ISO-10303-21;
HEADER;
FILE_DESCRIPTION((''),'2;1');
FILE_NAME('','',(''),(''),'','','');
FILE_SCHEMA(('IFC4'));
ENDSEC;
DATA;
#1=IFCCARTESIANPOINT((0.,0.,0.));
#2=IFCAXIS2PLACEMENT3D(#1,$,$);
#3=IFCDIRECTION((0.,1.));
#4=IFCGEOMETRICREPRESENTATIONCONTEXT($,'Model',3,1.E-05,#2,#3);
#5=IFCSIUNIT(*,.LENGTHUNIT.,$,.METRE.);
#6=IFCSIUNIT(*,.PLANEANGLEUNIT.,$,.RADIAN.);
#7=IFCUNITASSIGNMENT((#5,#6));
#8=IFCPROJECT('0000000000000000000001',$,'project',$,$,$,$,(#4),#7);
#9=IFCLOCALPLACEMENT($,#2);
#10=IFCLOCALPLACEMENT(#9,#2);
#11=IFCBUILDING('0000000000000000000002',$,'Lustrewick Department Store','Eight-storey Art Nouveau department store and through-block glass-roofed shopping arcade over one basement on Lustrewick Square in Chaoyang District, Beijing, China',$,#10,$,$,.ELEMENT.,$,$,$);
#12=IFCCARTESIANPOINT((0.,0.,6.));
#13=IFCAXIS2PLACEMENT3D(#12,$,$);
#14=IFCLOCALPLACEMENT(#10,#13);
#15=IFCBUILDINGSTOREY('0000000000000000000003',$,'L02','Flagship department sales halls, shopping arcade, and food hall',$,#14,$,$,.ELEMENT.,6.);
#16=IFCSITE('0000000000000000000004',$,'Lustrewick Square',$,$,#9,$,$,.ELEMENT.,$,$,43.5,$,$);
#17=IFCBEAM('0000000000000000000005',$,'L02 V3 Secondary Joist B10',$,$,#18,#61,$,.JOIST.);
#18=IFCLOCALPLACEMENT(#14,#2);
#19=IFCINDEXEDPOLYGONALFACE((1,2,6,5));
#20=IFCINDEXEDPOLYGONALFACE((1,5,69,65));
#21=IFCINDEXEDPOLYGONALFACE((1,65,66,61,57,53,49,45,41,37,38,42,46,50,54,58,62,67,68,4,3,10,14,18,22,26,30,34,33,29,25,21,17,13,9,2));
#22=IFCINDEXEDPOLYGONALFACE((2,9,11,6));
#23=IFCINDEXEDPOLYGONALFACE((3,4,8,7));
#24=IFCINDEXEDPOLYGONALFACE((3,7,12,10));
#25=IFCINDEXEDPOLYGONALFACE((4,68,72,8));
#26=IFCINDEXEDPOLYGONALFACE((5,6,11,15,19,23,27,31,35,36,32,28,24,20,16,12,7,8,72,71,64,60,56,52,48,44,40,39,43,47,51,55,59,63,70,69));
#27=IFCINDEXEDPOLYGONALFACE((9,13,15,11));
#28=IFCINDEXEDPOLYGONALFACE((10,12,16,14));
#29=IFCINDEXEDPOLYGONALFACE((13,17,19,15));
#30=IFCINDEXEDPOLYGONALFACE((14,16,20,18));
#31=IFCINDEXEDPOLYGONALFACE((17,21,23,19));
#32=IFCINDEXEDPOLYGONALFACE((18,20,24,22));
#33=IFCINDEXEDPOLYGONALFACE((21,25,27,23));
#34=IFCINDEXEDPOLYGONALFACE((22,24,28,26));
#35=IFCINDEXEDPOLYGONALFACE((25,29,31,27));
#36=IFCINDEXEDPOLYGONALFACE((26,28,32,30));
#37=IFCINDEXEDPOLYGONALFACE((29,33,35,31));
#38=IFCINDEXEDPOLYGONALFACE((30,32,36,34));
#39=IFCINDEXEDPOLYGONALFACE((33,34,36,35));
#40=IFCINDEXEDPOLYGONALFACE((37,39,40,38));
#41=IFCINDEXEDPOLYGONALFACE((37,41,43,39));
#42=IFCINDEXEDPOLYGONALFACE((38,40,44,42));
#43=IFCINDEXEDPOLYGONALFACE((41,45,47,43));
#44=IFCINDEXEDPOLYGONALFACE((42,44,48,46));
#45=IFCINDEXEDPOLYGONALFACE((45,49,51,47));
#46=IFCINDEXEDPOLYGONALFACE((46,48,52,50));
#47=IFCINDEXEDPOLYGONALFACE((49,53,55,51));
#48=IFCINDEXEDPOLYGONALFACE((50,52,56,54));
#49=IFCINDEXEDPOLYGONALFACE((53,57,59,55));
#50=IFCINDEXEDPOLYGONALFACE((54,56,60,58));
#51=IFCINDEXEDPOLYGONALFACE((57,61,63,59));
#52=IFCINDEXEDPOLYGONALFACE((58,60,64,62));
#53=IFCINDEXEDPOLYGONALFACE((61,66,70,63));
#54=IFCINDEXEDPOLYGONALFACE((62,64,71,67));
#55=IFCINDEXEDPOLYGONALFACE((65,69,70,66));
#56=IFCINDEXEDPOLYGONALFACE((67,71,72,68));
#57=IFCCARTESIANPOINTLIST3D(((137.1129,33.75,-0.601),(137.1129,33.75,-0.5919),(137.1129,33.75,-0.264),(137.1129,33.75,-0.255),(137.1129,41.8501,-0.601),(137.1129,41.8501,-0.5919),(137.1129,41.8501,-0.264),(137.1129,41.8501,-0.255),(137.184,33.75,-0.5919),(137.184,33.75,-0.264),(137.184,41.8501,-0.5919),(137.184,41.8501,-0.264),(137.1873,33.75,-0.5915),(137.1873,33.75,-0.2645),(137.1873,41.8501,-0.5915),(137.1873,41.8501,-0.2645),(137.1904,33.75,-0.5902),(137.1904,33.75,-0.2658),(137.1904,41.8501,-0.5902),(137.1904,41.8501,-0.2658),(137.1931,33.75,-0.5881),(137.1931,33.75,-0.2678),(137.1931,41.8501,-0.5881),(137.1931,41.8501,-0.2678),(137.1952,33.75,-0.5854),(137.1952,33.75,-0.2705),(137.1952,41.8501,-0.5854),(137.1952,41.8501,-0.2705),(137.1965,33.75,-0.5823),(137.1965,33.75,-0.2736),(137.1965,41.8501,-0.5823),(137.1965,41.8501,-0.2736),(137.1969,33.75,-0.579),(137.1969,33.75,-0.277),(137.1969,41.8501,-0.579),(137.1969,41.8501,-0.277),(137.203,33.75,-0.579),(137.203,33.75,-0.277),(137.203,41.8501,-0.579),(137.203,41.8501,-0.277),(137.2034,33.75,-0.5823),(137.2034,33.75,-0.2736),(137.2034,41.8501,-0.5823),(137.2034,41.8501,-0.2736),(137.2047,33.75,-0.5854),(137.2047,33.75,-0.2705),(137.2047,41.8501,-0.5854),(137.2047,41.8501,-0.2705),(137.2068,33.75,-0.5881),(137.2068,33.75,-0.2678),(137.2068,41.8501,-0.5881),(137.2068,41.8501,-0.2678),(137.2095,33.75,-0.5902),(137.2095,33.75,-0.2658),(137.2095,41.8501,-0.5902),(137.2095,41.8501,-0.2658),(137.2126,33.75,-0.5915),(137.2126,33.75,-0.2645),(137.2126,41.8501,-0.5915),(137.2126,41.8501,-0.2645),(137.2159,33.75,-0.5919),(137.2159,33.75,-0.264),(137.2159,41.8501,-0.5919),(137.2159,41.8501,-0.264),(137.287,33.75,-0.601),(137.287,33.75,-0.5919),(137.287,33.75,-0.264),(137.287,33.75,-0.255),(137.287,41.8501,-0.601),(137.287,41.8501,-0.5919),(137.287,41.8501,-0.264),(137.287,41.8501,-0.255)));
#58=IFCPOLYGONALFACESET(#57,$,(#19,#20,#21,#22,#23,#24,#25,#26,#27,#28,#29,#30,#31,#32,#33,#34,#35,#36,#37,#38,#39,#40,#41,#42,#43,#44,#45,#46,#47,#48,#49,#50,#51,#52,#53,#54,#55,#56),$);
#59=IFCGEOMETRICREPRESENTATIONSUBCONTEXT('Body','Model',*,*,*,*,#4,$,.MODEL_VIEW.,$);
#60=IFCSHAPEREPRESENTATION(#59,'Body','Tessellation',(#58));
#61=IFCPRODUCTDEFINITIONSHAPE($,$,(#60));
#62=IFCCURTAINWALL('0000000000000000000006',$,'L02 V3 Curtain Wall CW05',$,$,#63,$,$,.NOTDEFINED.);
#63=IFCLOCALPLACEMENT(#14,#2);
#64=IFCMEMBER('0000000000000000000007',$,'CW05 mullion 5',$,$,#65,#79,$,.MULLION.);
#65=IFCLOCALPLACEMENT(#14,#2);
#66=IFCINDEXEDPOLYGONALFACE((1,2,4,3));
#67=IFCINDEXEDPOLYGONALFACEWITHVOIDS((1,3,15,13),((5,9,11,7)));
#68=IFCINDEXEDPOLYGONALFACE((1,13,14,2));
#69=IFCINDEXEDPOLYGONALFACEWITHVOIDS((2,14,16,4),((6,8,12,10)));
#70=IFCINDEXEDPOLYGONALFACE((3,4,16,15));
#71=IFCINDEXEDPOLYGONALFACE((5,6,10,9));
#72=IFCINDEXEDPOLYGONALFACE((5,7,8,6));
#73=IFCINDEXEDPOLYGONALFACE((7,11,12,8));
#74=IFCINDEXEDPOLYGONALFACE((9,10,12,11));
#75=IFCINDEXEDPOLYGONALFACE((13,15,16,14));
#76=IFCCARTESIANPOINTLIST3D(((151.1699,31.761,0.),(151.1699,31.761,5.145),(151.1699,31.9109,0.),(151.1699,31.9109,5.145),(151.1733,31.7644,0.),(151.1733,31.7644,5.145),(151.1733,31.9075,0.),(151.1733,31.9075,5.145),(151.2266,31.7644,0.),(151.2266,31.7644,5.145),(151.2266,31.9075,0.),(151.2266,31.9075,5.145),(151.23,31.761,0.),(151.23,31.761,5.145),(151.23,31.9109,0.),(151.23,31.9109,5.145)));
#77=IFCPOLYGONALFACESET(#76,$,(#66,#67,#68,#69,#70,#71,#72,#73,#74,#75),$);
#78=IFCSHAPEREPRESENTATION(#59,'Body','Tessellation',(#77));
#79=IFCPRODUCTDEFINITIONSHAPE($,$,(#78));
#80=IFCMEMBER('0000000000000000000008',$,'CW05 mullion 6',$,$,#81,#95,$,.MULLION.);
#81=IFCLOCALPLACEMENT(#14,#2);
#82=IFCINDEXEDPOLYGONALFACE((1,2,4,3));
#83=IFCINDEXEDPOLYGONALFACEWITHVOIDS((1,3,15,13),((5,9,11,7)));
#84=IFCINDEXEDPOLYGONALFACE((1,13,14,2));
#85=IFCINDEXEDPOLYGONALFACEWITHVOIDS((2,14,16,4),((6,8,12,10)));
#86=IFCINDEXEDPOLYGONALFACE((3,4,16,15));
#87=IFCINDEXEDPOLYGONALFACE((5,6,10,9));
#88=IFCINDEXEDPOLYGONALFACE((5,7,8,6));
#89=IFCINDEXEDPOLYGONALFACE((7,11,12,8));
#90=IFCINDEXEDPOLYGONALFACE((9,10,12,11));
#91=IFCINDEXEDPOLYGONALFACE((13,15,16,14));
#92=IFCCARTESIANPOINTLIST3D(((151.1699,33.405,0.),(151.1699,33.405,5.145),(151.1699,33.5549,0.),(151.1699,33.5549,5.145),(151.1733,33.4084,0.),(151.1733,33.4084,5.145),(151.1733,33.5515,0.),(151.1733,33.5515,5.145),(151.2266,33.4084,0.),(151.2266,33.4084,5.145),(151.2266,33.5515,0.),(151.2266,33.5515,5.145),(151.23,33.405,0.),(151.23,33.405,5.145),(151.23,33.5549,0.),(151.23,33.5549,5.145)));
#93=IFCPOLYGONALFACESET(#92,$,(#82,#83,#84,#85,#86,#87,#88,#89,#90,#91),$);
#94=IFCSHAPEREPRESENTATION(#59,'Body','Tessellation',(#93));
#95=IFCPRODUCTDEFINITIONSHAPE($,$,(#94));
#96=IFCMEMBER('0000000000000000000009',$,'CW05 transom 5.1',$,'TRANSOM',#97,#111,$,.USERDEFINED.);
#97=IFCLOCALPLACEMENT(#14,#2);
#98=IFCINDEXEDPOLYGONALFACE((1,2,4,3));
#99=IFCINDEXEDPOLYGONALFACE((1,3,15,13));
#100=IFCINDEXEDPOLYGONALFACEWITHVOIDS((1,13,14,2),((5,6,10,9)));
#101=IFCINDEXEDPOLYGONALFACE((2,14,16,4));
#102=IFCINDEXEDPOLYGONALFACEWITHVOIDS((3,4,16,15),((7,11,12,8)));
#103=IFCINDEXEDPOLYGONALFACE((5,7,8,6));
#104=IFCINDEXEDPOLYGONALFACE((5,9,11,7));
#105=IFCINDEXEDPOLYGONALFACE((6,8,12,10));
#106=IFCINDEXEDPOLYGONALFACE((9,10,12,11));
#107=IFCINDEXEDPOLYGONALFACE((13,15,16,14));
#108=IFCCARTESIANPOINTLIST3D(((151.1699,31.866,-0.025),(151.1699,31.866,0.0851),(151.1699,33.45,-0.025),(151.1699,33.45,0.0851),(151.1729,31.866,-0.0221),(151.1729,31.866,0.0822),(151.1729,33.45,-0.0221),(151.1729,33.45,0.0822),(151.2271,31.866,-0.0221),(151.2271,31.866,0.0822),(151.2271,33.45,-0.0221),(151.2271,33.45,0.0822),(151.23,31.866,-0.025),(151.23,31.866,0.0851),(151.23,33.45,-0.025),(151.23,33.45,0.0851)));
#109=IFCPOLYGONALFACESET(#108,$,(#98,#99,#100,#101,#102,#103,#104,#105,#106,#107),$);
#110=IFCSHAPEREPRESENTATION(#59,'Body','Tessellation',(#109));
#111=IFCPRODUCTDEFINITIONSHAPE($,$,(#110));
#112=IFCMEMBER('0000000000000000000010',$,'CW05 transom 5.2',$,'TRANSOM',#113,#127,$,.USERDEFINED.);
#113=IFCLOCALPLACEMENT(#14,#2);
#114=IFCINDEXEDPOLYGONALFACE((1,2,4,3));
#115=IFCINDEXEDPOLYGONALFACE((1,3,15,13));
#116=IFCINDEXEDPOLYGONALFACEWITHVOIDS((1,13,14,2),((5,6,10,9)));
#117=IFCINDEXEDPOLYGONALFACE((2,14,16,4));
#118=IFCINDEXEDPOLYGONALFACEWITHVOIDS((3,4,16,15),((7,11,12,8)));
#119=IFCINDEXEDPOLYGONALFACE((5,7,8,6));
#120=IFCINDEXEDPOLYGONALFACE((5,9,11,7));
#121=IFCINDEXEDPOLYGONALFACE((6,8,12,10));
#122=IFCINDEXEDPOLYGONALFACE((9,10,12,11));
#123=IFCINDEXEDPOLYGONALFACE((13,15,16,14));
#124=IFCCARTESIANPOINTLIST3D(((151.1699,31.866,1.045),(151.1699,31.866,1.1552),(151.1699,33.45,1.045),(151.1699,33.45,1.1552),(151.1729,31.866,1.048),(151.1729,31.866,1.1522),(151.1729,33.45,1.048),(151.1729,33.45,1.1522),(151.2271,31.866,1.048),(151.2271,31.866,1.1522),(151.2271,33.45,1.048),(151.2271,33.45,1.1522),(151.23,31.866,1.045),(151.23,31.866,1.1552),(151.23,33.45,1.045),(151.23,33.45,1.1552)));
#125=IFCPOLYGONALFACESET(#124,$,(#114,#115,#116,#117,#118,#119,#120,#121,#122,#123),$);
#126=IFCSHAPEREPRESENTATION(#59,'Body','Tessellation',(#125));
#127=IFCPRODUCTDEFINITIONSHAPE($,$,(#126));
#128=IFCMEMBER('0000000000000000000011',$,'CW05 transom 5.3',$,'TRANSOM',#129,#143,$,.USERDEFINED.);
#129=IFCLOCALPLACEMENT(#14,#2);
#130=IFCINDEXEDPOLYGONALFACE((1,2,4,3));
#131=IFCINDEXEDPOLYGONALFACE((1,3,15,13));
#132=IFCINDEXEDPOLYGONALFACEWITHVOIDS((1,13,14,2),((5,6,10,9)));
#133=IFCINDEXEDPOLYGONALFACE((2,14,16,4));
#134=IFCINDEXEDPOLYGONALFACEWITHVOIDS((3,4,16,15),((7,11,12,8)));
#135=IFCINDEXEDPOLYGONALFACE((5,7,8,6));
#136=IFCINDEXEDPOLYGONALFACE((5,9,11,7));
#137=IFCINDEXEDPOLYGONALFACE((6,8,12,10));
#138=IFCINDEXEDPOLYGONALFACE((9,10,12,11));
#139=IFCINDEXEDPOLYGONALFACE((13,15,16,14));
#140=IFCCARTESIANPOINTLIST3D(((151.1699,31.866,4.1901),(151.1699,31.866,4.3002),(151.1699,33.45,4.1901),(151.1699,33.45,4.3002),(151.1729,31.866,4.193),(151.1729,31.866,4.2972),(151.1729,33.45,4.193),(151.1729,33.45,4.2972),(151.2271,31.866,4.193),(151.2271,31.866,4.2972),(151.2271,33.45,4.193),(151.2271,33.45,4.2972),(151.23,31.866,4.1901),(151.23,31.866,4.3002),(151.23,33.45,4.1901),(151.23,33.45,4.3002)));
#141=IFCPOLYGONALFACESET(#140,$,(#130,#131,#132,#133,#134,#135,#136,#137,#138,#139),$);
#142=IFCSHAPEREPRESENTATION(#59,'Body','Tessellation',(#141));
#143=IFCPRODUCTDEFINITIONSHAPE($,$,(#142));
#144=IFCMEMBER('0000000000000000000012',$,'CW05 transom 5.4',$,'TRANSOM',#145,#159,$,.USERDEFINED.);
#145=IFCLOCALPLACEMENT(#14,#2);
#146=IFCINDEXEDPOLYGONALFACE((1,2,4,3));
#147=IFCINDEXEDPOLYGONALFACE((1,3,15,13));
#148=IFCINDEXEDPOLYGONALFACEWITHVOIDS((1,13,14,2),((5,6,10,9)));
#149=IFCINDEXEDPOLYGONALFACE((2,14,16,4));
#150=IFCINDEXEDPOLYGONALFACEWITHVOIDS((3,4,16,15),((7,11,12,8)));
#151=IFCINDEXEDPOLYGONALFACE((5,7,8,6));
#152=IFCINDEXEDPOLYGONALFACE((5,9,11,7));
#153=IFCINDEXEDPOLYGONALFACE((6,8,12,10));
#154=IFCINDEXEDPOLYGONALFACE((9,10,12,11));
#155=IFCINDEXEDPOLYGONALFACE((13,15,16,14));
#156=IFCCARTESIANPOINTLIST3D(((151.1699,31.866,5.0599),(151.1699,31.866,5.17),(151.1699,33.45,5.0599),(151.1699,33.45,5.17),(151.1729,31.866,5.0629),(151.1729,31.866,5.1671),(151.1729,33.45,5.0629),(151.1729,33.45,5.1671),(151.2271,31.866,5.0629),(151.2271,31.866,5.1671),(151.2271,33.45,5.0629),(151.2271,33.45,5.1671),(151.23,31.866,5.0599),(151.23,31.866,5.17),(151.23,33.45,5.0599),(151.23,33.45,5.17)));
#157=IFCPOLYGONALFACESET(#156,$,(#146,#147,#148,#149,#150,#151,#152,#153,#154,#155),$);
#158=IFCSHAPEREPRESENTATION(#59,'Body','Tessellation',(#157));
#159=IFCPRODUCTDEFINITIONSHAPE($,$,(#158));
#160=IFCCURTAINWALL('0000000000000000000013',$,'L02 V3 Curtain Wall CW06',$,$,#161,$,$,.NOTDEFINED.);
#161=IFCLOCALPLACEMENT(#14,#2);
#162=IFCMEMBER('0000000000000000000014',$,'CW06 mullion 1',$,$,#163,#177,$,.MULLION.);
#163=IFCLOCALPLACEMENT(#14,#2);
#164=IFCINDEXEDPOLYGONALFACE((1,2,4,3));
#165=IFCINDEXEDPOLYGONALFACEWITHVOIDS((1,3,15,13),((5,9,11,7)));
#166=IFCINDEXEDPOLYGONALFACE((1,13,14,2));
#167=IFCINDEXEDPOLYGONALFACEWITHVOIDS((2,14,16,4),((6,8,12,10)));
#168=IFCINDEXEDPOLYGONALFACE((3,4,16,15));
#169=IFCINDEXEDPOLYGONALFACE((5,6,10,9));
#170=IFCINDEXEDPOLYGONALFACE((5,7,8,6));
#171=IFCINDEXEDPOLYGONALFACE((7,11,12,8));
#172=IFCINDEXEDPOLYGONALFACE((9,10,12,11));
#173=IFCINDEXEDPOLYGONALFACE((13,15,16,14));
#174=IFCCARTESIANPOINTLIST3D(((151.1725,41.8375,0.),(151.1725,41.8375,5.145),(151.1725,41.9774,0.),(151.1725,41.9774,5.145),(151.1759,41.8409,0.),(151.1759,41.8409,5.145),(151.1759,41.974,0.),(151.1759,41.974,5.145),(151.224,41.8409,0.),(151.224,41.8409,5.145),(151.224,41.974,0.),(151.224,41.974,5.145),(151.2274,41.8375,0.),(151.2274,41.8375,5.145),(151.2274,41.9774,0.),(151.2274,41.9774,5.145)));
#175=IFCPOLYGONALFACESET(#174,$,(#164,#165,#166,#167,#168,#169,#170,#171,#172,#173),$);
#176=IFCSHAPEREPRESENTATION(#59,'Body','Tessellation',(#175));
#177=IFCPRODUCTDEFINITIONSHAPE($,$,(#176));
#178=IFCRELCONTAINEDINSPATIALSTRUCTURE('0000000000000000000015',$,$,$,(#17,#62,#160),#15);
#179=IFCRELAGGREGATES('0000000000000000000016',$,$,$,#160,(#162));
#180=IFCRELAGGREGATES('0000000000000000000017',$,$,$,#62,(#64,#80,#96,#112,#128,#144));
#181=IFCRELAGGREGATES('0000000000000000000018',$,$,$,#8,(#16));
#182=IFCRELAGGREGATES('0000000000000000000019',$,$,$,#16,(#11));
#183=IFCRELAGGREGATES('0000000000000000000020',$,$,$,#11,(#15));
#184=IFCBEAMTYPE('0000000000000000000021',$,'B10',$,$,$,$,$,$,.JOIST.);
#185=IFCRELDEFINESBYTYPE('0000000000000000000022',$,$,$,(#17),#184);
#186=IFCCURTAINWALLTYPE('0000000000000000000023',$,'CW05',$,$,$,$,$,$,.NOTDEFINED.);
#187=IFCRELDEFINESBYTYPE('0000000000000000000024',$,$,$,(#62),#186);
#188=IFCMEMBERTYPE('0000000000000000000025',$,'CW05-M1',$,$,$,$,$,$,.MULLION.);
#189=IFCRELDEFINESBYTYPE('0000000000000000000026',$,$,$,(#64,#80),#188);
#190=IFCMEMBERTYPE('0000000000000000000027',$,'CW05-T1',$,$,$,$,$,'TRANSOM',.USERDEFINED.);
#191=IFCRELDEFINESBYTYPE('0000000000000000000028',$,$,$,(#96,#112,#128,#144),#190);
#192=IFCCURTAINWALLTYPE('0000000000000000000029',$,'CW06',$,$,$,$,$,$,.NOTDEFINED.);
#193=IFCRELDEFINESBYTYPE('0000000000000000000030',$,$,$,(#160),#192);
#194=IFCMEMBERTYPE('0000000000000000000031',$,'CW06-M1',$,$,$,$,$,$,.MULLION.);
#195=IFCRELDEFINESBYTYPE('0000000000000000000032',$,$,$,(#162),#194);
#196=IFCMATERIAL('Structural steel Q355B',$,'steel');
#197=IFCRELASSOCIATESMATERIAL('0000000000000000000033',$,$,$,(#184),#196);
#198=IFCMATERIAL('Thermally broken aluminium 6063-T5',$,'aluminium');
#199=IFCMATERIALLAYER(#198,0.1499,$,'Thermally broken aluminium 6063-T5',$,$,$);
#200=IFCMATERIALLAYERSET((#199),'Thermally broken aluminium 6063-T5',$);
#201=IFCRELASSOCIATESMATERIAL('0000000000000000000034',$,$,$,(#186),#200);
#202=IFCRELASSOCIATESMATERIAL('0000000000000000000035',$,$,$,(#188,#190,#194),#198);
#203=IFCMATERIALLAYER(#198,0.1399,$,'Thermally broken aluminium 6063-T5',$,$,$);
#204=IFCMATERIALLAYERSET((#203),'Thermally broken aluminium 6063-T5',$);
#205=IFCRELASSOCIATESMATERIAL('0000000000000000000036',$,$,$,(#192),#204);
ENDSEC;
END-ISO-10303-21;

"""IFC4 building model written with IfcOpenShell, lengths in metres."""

from ifc_helpers import new_model, si_unit, direction, frame, origin, origin_2d, place, context, subcontext, project, spatial, hollow_rectangle, i_section, extrude, material, layer, layer_set, material_profile, profile_set, type_object, element, aggregate, save


model = new_model("IFC4")

# Units and contexts
model_context = context("Model", 3, precision=1e-05, world=origin(), true_north=direction((0.0, 1.0)))
body_context = subcontext(model_context, "Body", "Model", "MODEL_VIEW")
ifc_project = project(units=[si_unit("LENGTHUNIT", "METRE"), si_unit("PLANEANGLEUNIT", "RADIAN")], contexts=[model_context])

# Site, building, storey
site_placement = place(None, origin())
site = spatial("IfcSite", under=ifc_project, at=site_placement, Name="Lustrewick Square", CompositionType="ELEMENT", RefElevation=43.5)
building_placement = place(site_placement, origin())
building = spatial("IfcBuilding", under=site, at=building_placement, Name="Lustrewick Department Store", Description="Eight-storey Art Nouveau department store and through-block glass-roofed shopping arcade over one basement on Lustrewick Square in Chaoyang District, Beijing, China", CompositionType="ELEMENT")
storey_placement = place(building_placement, frame((0.0, 0.0, 6.0)))
storey = spatial("IfcBuildingStorey", under=building, at=storey_placement, Name="L02", Description="Flagship department sales halls, shopping arcade, and food hall", CompositionType="ELEMENT", Elevation=6.0)

# Shared definitions
ifc_material_1 = material(Name="Structural steel Q355B", Category="steel")

# Beam
ifc_material_profile_1 = material_profile(ifc_material_1, i_section(OverallWidth=0.1741, OverallDepth=0.3459, WebThickness=0.0061, FlangeThickness=0.009, FilletRadius=0.0129, at=origin_2d()), Name="HN 346x174x6x9")
ifc_profile_set_1 = profile_set([ifc_material_profile_1], Name="Structural steel Q355B")
beam_type_1 = type_object("IfcBeamType", Name="B10", PredefinedType="JOIST", material=ifc_profile_set_1)
beam_1_placement = place(storey_placement, frame((137.2, 33.75, -0.428), z_axis=(0.0, 1.0, 0.0), x_axis=(-1.0, 0.0, 0.0)))
element("IfcBeam", 1, at=beam_1_placement, inside=storey, type_object=beam_type_1, Name="L02 V3 Secondary Joist B10", PredefinedType="JOIST", context=body_context, shape_type="SweptSolid", body=[
    extrude(i_section(OverallWidth=0.1741, OverallDepth=0.3459, WebThickness=0.0061, FlangeThickness=0.009, FilletRadius=0.0129, at=origin_2d()), origin(), (0.0, 0.0, 1.0), 8.1001),
])

# Curtain walls, members
ifc_material_2 = material(Name="Thermally broken aluminium 6063-T5", Category="aluminium")
ifc_layer_1 = layer(ifc_material_2, 0.1499, Name="Thermally broken aluminium 6063-T5")
ifc_layer_set_1 = layer_set([ifc_layer_1], Name="Thermally broken aluminium 6063-T5")
curtain_wall_type_1 = type_object("IfcCurtainWallType", Name="CW05", PredefinedType="NOTDEFINED", material=ifc_layer_set_1)
curtain_wall_1_placement = place(storey_placement, origin())
curtain_wall_1 = element("IfcCurtainWall", 2, at=curtain_wall_1_placement, inside=storey, type_object=curtain_wall_type_1, Name="L02 V3 Curtain Wall CW05", PredefinedType="NOTDEFINED")
ifc_material_profile_2 = material_profile(ifc_material_2, hollow_rectangle(XDim=0.0601, YDim=0.1499, WallThickness=0.0034, at=origin_2d()), Name="ALU-M 60x150x3.5")
ifc_profile_set_2 = profile_set([ifc_material_profile_2], Name="Thermally broken aluminium 6063-T5")
member_type_1 = type_object("IfcMemberType", Name="CW05-M1", PredefinedType="MULLION", material=ifc_profile_set_2)
member_1_placement = place(storey_placement, frame((151.2, 31.8359, 0.0), z_axis=(0.0, 0.0, 1.0), x_axis=(-1.0, 0.0, 0.0)))
member_1 = element("IfcMember", 3, at=member_1_placement, type_object=member_type_1, Name="CW05 mullion 5", PredefinedType="MULLION", context=body_context, shape_type="SweptSolid", body=[
    extrude(hollow_rectangle(XDim=0.0601, YDim=0.1499, WallThickness=0.0034, at=origin_2d()), origin(), (0.0, 0.0, 1.0), 5.145),
])
member_2_placement = place(storey_placement, frame((151.2, 33.48, 0.0), z_axis=(0.0, 0.0, 1.0), x_axis=(-1.0, 0.0, 0.0)))
member_2 = element("IfcMember", 4, at=member_2_placement, type_object=member_type_1, Name="CW05 mullion 6", PredefinedType="MULLION", context=body_context, shape_type="SweptSolid", body=[
    extrude(hollow_rectangle(XDim=0.0601, YDim=0.1499, WallThickness=0.0034, at=origin_2d()), origin(), (0.0, 0.0, 1.0), 5.145),
])
ifc_material_profile_3 = material_profile(ifc_material_2, hollow_rectangle(XDim=0.0601, YDim=0.1101, WallThickness=0.0029, at=origin_2d()), Name="ALU-T 60x110x3")
ifc_profile_set_3 = profile_set([ifc_material_profile_3], Name="Thermally broken aluminium 6063-T5")
member_type_2 = type_object("IfcMemberType", Name="CW05-T1", ElementType="TRANSOM", PredefinedType="USERDEFINED", material=ifc_profile_set_3)
member_3_placement = place(storey_placement, frame((151.2, 31.866, 0.03), z_axis=(0.0, 1.0, 0.0), x_axis=(-1.0, 0.0, 0.0)))
member_3 = element("IfcMember", 5, at=member_3_placement, type_object=member_type_2, Name="CW05 transom 5.1", ObjectType="TRANSOM", PredefinedType="USERDEFINED", context=body_context, shape_type="SweptSolid", body=[
    extrude(hollow_rectangle(XDim=0.0601, YDim=0.1101, WallThickness=0.0029, at=origin_2d()), origin(), (0.0, 0.0, 1.0), 1.584),
])
member_4_placement = place(storey_placement, frame((151.2, 31.866, 1.1001), z_axis=(0.0, 1.0, 0.0), x_axis=(-1.0, 0.0, 0.0)))
member_4 = element("IfcMember", 6, at=member_4_placement, type_object=member_type_2, Name="CW05 transom 5.2", ObjectType="TRANSOM", PredefinedType="USERDEFINED", context=body_context, shape_type="SweptSolid", body=[
    extrude(hollow_rectangle(XDim=0.0601, YDim=0.1101, WallThickness=0.0029, at=origin_2d()), origin(), (0.0, 0.0, 1.0), 1.584),
])
member_5_placement = place(storey_placement, frame((151.2, 31.866, 4.2451), z_axis=(0.0, 1.0, 0.0), x_axis=(-1.0, 0.0, 0.0)))
member_5 = element("IfcMember", 7, at=member_5_placement, type_object=member_type_2, Name="CW05 transom 5.3", ObjectType="TRANSOM", PredefinedType="USERDEFINED", context=body_context, shape_type="SweptSolid", body=[
    extrude(hollow_rectangle(XDim=0.0601, YDim=0.1101, WallThickness=0.0029, at=origin_2d()), origin(), (0.0, 0.0, 1.0), 1.584),
])
member_6_placement = place(storey_placement, frame((151.2, 31.866, 5.115), z_axis=(0.0, 1.0, 0.0), x_axis=(-1.0, 0.0, 0.0)))
member_6 = element("IfcMember", 8, at=member_6_placement, type_object=member_type_2, Name="CW05 transom 5.4", ObjectType="TRANSOM", PredefinedType="USERDEFINED", context=body_context, shape_type="SweptSolid", body=[
    extrude(hollow_rectangle(XDim=0.0601, YDim=0.1101, WallThickness=0.0029, at=origin_2d()), origin(), (0.0, 0.0, 1.0), 1.584),
])
ifc_layer_2 = layer(ifc_material_2, 0.1399, Name="Thermally broken aluminium 6063-T5")
ifc_layer_set_2 = layer_set([ifc_layer_2], Name="Thermally broken aluminium 6063-T5")
curtain_wall_type_2 = type_object("IfcCurtainWallType", Name="CW06", PredefinedType="NOTDEFINED", material=ifc_layer_set_2)
curtain_wall_2_placement = place(storey_placement, origin())
curtain_wall_2 = element("IfcCurtainWall", 9, at=curtain_wall_2_placement, inside=storey, type_object=curtain_wall_type_2, Name="L02 V3 Curtain Wall CW06", PredefinedType="NOTDEFINED")
ifc_material_profile_4 = material_profile(ifc_material_2, hollow_rectangle(XDim=0.0549, YDim=0.1399, WallThickness=0.0034, at=origin_2d()), Name="ALU-M 55x140x3.5")
ifc_profile_set_4 = profile_set([ifc_material_profile_4], Name="Thermally broken aluminium 6063-T5")
member_type_3 = type_object("IfcMemberType", Name="CW06-M1", PredefinedType="MULLION", material=ifc_profile_set_4)
member_7_placement = place(storey_placement, frame((151.2, 41.9075, 0.0), z_axis=(0.0, 0.0, 1.0), x_axis=(-1.0, 0.0, 0.0)))
member_7 = element("IfcMember", 10, at=member_7_placement, type_object=member_type_3, Name="CW06 mullion 1", PredefinedType="MULLION", context=body_context, shape_type="SweptSolid", body=[
    extrude(hollow_rectangle(XDim=0.0549, YDim=0.1399, WallThickness=0.0034, at=origin_2d()), origin(), (0.0, 0.0, 1.0), 5.145),
])
aggregate(curtain_wall_2, [member_7])

aggregate(curtain_wall_1, [member_1, member_2, member_3, member_4, member_5, member_6])

save(model, "model.ifc")
